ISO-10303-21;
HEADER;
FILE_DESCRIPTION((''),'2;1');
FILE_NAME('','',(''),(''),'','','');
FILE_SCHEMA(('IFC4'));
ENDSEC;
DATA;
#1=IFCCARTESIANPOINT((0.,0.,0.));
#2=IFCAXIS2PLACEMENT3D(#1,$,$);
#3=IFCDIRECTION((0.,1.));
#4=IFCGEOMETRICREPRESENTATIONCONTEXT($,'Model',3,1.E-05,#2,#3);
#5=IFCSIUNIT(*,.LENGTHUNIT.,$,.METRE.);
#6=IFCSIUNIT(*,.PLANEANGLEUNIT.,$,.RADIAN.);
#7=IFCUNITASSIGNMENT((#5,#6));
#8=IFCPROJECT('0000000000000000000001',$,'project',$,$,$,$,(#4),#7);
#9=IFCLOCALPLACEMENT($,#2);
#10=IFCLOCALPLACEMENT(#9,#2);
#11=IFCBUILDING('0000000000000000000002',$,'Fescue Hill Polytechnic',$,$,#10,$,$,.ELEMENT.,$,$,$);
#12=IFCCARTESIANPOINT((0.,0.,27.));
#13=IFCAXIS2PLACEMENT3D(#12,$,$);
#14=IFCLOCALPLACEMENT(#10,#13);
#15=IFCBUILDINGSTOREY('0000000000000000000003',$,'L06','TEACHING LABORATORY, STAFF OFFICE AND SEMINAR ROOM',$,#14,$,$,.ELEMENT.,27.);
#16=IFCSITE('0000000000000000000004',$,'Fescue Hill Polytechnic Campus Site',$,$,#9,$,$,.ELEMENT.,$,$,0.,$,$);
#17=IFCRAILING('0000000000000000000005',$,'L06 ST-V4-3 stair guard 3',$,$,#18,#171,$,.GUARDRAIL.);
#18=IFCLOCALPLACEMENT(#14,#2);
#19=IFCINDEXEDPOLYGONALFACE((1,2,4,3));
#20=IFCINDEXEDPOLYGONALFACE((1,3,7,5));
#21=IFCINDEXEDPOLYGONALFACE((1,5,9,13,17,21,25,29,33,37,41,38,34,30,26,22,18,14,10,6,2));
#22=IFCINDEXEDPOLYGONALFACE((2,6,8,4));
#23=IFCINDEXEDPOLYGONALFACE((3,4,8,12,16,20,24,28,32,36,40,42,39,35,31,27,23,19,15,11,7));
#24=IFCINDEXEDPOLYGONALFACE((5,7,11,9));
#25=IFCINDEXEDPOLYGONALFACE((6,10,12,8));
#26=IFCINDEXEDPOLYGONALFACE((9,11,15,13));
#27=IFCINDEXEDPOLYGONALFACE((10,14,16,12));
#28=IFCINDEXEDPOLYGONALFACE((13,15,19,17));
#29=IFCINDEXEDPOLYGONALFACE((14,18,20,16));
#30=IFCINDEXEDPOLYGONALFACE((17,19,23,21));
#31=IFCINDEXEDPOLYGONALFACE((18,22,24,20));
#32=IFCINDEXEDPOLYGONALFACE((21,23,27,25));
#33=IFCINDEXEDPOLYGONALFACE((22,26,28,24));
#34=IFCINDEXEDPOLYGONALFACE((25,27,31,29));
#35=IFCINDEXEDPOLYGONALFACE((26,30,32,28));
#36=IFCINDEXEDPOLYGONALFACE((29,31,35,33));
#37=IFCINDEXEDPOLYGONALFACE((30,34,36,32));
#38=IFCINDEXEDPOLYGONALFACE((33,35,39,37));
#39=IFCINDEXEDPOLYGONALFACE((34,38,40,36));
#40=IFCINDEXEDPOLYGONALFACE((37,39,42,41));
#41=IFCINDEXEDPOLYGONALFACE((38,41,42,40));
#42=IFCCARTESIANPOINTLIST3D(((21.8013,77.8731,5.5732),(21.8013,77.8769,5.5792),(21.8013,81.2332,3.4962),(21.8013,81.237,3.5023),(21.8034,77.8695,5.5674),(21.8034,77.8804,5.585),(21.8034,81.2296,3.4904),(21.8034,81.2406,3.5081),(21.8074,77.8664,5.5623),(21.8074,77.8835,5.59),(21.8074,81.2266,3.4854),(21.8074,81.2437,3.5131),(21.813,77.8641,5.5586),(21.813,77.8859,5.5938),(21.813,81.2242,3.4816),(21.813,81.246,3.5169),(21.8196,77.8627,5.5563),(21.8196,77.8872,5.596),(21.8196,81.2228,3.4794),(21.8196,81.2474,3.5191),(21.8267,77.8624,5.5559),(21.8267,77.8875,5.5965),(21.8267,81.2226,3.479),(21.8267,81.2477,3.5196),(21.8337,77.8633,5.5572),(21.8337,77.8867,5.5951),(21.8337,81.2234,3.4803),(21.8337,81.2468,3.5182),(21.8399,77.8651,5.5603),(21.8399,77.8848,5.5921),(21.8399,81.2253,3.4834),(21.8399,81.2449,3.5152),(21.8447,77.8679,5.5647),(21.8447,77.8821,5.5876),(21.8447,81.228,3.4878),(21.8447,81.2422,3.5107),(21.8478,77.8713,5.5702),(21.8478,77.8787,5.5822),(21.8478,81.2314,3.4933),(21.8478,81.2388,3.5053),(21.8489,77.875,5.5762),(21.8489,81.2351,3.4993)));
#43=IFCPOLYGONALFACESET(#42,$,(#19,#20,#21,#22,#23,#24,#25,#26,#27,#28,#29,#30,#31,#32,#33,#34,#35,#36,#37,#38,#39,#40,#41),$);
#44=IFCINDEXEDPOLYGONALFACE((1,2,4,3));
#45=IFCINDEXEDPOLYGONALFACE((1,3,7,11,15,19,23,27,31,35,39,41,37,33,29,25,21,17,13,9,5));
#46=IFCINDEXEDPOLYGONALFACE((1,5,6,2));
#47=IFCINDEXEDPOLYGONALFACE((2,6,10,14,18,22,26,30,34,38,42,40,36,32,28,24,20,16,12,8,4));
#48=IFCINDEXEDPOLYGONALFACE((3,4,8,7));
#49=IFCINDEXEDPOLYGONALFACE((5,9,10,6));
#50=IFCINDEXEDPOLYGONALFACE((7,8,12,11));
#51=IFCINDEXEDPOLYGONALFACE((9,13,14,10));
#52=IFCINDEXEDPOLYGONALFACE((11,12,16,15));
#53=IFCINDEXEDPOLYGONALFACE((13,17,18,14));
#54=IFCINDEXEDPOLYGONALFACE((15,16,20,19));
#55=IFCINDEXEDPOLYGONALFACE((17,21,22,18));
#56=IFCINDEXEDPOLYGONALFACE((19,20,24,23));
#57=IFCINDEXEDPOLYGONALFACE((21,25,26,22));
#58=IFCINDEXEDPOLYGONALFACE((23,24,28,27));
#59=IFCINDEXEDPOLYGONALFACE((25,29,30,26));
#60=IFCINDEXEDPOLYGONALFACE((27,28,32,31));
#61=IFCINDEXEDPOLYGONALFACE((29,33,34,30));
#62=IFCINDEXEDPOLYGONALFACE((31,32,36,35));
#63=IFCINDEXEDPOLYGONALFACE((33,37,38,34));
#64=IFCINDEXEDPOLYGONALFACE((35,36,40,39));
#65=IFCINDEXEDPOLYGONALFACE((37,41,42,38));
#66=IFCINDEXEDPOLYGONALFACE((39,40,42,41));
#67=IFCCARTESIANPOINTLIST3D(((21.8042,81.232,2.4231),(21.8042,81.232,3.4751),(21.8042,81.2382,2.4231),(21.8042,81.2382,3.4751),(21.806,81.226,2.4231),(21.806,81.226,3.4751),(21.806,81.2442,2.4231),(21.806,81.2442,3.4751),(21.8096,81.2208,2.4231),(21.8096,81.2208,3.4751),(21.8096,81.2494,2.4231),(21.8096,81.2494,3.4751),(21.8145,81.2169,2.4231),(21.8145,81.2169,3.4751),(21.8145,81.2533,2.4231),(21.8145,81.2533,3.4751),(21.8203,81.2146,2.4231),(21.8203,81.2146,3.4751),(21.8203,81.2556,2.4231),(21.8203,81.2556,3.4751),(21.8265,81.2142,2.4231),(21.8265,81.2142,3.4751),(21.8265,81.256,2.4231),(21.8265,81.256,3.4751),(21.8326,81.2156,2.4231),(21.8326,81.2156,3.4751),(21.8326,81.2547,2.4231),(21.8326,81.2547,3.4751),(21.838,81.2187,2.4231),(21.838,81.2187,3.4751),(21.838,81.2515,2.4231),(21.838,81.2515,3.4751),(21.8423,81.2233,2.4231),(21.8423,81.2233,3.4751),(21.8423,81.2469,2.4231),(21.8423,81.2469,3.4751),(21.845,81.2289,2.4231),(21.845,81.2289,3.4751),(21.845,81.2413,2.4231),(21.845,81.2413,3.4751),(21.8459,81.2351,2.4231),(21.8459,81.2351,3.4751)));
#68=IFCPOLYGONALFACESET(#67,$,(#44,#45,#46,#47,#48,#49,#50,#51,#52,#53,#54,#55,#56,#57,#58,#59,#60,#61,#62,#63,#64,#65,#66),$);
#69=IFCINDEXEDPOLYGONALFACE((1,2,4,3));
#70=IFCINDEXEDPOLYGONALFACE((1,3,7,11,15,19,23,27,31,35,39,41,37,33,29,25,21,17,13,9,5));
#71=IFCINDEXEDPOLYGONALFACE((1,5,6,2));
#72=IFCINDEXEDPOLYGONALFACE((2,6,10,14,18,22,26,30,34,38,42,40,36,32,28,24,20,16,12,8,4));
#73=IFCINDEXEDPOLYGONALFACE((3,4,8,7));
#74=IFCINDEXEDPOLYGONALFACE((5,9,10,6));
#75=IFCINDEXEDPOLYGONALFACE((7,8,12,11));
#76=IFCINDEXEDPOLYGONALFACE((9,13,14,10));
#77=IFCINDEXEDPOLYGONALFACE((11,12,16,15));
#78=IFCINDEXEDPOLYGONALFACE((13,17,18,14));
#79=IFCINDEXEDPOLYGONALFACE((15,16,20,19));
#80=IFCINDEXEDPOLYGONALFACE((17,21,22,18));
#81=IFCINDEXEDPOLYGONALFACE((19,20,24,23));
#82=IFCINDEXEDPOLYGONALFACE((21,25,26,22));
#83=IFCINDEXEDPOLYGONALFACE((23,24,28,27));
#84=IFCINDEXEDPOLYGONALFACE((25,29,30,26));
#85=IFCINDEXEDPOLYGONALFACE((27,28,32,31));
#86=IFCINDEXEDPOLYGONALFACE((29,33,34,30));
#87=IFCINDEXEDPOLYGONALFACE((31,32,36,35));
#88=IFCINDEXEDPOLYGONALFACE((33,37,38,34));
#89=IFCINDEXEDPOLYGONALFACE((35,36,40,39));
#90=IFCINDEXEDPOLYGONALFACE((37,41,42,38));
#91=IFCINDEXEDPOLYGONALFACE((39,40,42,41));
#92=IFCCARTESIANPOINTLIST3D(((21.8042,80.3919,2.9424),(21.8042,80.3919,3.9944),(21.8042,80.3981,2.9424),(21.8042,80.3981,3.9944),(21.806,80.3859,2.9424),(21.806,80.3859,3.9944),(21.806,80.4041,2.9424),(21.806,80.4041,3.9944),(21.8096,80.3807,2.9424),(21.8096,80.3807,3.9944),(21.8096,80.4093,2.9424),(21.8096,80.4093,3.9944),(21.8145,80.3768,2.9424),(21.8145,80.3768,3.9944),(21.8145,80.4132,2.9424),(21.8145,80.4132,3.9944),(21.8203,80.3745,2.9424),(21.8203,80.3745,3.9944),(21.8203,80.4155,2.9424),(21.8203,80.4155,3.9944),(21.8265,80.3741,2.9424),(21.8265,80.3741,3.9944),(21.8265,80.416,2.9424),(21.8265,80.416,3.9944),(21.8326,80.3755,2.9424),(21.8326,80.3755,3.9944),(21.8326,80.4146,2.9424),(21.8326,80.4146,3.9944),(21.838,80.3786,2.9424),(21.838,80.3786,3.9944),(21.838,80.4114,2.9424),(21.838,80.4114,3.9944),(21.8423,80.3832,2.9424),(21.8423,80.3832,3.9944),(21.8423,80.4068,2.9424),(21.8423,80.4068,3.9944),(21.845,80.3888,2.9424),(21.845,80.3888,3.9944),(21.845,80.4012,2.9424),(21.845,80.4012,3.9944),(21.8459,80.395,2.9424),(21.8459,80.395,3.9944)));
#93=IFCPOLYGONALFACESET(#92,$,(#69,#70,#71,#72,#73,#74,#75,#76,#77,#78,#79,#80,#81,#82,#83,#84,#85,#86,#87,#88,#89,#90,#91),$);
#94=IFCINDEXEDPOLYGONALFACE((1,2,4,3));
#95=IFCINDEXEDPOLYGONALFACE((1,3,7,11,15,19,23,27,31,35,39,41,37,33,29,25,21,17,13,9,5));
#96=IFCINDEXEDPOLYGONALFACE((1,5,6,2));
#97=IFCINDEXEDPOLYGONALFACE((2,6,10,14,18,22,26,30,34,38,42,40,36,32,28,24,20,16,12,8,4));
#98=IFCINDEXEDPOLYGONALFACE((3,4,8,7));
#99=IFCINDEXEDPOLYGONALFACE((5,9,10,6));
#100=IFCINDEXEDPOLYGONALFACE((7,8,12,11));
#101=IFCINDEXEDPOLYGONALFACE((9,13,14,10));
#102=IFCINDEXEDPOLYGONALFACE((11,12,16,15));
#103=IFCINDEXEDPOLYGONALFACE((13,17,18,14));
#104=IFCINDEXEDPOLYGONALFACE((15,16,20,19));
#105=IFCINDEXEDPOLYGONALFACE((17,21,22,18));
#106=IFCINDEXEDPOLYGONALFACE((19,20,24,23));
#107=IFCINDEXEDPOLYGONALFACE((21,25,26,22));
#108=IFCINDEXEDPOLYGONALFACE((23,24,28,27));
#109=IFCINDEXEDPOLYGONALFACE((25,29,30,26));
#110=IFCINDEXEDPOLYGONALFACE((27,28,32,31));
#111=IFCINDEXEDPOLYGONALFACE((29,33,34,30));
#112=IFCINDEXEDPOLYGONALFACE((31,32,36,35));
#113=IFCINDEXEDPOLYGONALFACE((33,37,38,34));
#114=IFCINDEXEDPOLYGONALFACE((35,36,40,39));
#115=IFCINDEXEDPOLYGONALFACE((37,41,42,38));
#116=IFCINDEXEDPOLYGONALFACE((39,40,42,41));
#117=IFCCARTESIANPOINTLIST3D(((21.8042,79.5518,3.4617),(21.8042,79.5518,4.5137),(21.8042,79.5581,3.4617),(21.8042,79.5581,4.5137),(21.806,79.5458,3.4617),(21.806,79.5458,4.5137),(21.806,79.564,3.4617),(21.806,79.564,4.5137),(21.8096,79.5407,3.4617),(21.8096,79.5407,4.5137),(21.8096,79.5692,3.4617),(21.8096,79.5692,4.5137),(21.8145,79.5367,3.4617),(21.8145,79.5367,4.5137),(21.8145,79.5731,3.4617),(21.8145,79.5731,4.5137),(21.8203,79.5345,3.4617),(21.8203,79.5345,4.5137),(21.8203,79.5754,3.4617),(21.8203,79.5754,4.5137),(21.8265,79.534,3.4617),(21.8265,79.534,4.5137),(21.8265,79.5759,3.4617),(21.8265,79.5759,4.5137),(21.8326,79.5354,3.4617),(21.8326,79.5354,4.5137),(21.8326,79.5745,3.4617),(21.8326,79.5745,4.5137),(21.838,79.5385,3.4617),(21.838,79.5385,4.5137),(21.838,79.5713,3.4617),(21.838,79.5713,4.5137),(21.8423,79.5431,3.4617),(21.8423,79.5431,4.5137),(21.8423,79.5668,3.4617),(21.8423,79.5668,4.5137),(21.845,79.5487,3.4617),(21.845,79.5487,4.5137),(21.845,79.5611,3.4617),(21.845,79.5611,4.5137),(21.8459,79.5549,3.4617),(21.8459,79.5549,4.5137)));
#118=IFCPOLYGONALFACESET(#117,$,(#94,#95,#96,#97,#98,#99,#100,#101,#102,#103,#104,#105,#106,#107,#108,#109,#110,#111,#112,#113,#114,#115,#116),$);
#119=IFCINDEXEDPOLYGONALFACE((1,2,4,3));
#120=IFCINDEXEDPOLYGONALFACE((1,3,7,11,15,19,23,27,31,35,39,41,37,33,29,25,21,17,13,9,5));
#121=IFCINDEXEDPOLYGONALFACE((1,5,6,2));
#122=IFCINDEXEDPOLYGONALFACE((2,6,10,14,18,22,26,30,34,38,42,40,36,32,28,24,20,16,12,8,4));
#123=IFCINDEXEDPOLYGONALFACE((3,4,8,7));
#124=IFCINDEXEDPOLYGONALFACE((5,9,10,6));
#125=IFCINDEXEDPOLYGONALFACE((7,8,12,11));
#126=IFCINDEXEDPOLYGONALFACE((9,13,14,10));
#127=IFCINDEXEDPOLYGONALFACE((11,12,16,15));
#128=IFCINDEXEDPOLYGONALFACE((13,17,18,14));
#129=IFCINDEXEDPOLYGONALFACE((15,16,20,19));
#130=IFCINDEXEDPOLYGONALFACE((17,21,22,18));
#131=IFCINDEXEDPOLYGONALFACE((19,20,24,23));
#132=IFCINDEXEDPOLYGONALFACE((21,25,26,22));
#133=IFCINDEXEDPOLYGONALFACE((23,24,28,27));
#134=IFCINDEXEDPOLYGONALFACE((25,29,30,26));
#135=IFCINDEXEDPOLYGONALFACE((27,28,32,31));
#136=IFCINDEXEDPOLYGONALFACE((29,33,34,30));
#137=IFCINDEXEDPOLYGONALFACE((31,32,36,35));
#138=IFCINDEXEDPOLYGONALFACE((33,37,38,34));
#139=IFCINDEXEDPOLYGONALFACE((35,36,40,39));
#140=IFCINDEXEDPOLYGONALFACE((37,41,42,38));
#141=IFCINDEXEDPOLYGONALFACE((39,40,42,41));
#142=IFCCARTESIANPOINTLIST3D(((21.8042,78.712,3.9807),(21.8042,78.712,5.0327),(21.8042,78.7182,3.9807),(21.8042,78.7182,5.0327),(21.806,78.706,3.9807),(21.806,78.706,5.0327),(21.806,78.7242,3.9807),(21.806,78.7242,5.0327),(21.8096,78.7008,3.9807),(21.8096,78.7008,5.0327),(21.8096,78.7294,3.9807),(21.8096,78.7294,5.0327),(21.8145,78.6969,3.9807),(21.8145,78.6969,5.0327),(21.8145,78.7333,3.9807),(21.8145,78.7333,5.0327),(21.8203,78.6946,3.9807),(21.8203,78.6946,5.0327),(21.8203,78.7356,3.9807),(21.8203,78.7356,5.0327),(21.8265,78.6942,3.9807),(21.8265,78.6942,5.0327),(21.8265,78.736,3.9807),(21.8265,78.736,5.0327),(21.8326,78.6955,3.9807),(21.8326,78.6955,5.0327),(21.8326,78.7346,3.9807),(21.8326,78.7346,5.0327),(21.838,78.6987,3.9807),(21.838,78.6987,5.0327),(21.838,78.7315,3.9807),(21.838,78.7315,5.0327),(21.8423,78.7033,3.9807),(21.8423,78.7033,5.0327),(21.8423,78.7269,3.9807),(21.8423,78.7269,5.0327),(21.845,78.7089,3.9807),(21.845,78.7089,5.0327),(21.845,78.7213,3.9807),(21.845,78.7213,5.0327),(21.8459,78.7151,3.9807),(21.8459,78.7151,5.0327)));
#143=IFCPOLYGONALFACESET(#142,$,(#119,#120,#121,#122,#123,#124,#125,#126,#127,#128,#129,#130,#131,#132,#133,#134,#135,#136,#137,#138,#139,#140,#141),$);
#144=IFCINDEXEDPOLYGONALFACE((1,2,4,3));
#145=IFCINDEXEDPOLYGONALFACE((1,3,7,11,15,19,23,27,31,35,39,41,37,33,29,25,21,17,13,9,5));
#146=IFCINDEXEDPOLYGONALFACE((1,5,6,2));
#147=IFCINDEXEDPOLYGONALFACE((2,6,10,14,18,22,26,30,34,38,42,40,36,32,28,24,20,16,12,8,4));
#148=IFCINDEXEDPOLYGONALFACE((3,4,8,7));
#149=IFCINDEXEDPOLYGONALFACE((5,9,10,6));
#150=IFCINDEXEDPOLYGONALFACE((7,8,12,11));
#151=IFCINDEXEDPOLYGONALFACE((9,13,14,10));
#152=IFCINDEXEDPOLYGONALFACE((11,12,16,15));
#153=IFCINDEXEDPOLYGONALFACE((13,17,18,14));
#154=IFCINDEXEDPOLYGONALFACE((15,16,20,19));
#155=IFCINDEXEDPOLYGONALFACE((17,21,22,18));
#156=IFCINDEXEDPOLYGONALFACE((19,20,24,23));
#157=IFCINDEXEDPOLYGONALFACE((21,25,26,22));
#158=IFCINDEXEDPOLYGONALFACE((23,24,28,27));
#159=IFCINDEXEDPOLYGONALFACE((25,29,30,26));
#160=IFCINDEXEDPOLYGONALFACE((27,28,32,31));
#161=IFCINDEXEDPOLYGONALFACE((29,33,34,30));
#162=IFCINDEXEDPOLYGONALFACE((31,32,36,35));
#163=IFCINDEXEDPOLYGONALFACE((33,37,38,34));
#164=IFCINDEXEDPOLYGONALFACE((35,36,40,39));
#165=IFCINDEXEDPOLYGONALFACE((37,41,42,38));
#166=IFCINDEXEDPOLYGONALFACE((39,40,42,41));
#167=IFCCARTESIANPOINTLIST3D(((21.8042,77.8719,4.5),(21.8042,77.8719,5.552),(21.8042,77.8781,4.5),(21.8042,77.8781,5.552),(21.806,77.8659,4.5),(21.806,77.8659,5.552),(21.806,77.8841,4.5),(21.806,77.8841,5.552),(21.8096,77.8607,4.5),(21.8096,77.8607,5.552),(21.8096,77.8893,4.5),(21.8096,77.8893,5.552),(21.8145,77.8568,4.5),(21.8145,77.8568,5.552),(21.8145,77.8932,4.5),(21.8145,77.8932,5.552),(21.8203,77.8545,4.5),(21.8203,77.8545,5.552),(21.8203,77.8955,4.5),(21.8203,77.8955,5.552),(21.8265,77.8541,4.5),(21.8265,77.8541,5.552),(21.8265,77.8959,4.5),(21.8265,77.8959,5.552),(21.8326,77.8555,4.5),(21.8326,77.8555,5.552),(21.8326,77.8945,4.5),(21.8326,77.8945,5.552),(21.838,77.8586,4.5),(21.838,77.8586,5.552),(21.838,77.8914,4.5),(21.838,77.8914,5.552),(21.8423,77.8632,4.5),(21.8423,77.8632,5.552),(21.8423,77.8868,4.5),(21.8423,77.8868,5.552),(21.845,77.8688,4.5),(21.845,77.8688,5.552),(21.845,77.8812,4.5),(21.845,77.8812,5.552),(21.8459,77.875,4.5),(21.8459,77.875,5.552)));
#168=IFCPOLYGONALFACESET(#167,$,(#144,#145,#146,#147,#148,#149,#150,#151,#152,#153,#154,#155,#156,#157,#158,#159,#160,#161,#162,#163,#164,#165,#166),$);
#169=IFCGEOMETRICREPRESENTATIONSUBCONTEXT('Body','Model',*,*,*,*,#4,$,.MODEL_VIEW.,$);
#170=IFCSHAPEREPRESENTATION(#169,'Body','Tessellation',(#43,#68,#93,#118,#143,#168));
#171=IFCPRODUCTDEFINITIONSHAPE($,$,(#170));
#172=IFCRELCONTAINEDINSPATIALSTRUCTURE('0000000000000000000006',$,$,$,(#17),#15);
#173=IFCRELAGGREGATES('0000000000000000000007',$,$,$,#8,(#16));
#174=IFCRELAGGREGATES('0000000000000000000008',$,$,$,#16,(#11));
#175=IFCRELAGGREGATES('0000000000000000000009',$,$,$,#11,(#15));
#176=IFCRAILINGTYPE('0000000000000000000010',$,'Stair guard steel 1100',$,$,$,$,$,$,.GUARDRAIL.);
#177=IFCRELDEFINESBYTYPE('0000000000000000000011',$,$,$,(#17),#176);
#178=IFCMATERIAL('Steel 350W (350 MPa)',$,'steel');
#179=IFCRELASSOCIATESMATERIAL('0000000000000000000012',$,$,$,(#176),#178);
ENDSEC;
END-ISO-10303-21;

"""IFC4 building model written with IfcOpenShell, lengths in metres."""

from ifc_helpers import new_model, si_unit, direction, frame, origin, origin_2d, place, context, subcontext, project, spatial, circle, extrude, material, type_object, element, save


model = new_model("IFC4")

# Units and contexts
model_context = context("Model", 3, precision=1e-05, world=origin(), true_north=direction((0.0, 1.0)))
body_context = subcontext(model_context, "Body", "Model", "MODEL_VIEW")
ifc_project = project(units=[si_unit("LENGTHUNIT", "METRE"), si_unit("PLANEANGLEUNIT", "RADIAN")], contexts=[model_context])

# Site, building, storey
site_placement = place(None, origin())
site = spatial("IfcSite", under=ifc_project, at=site_placement, Name="Fescue Hill Polytechnic Campus Site", CompositionType="ELEMENT", RefElevation=0.0)
building_placement = place(site_placement, origin())
building = spatial("IfcBuilding", under=site, at=building_placement, Name="Fescue Hill Polytechnic", CompositionType="ELEMENT")
storey_placement = place(building_placement, frame((0.0, 0.0, 27.0)))
storey = spatial("IfcBuildingStorey", under=building, at=storey_placement, Name="L06", Description="TEACHING LABORATORY, STAFF OFFICE AND SEMINAR ROOM", CompositionType="ELEMENT", Elevation=27.0)

# Railing
ifc_material_1 = material(Name="Steel 350W (350 MPa)", Category="steel")
railing_type_1 = type_object("IfcRailingType", Name="Stair guard steel 1100", PredefinedType="GUARDRAIL", material=ifc_material_1)
railing_1_placement = place(storey_placement, frame((21.825, 81.2351, 2.4231)))
element("IfcRailing", 1, at=railing_1_placement, inside=storey, type_object=railing_type_1, Name="L06 ST-V4-3 stair guard 3", PredefinedType="GUARDRAIL", context=body_context, shape_type="SweptSolid", body=[
    extrude(circle(Radius=0.0239, at=origin_2d()), frame((0.0, 0.0, 1.0762), z_axis=(0.0, -0.850623, 0.525776), x_axis=(1.0, 0.0, 0.0)), (0.0, 0.0, 1.0), 3.9502),
    extrude(circle(Radius=0.021, at=origin_2d()), origin(), (0.0, 0.0, 1.0), 1.052),
    extrude(circle(Radius=0.021, at=origin_2d()), frame((0.0, -0.8401, 0.5193)), (0.0, 0.0, 1.0), 1.052),
    extrude(circle(Radius=0.021, at=origin_2d()), frame((0.0, -1.6802, 1.0386)), (0.0, 0.0, 1.0), 1.052),
    extrude(circle(Radius=0.021, at=origin_2d()), frame((0.0, -2.52, 1.5576)), (0.0, 0.0, 1.0), 1.052),
    extrude(circle(Radius=0.021, at=origin_2d()), frame((0.0, -3.3601, 2.0769)), (0.0, 0.0, 1.0), 1.052),
])

save(model, "model.ifc")
